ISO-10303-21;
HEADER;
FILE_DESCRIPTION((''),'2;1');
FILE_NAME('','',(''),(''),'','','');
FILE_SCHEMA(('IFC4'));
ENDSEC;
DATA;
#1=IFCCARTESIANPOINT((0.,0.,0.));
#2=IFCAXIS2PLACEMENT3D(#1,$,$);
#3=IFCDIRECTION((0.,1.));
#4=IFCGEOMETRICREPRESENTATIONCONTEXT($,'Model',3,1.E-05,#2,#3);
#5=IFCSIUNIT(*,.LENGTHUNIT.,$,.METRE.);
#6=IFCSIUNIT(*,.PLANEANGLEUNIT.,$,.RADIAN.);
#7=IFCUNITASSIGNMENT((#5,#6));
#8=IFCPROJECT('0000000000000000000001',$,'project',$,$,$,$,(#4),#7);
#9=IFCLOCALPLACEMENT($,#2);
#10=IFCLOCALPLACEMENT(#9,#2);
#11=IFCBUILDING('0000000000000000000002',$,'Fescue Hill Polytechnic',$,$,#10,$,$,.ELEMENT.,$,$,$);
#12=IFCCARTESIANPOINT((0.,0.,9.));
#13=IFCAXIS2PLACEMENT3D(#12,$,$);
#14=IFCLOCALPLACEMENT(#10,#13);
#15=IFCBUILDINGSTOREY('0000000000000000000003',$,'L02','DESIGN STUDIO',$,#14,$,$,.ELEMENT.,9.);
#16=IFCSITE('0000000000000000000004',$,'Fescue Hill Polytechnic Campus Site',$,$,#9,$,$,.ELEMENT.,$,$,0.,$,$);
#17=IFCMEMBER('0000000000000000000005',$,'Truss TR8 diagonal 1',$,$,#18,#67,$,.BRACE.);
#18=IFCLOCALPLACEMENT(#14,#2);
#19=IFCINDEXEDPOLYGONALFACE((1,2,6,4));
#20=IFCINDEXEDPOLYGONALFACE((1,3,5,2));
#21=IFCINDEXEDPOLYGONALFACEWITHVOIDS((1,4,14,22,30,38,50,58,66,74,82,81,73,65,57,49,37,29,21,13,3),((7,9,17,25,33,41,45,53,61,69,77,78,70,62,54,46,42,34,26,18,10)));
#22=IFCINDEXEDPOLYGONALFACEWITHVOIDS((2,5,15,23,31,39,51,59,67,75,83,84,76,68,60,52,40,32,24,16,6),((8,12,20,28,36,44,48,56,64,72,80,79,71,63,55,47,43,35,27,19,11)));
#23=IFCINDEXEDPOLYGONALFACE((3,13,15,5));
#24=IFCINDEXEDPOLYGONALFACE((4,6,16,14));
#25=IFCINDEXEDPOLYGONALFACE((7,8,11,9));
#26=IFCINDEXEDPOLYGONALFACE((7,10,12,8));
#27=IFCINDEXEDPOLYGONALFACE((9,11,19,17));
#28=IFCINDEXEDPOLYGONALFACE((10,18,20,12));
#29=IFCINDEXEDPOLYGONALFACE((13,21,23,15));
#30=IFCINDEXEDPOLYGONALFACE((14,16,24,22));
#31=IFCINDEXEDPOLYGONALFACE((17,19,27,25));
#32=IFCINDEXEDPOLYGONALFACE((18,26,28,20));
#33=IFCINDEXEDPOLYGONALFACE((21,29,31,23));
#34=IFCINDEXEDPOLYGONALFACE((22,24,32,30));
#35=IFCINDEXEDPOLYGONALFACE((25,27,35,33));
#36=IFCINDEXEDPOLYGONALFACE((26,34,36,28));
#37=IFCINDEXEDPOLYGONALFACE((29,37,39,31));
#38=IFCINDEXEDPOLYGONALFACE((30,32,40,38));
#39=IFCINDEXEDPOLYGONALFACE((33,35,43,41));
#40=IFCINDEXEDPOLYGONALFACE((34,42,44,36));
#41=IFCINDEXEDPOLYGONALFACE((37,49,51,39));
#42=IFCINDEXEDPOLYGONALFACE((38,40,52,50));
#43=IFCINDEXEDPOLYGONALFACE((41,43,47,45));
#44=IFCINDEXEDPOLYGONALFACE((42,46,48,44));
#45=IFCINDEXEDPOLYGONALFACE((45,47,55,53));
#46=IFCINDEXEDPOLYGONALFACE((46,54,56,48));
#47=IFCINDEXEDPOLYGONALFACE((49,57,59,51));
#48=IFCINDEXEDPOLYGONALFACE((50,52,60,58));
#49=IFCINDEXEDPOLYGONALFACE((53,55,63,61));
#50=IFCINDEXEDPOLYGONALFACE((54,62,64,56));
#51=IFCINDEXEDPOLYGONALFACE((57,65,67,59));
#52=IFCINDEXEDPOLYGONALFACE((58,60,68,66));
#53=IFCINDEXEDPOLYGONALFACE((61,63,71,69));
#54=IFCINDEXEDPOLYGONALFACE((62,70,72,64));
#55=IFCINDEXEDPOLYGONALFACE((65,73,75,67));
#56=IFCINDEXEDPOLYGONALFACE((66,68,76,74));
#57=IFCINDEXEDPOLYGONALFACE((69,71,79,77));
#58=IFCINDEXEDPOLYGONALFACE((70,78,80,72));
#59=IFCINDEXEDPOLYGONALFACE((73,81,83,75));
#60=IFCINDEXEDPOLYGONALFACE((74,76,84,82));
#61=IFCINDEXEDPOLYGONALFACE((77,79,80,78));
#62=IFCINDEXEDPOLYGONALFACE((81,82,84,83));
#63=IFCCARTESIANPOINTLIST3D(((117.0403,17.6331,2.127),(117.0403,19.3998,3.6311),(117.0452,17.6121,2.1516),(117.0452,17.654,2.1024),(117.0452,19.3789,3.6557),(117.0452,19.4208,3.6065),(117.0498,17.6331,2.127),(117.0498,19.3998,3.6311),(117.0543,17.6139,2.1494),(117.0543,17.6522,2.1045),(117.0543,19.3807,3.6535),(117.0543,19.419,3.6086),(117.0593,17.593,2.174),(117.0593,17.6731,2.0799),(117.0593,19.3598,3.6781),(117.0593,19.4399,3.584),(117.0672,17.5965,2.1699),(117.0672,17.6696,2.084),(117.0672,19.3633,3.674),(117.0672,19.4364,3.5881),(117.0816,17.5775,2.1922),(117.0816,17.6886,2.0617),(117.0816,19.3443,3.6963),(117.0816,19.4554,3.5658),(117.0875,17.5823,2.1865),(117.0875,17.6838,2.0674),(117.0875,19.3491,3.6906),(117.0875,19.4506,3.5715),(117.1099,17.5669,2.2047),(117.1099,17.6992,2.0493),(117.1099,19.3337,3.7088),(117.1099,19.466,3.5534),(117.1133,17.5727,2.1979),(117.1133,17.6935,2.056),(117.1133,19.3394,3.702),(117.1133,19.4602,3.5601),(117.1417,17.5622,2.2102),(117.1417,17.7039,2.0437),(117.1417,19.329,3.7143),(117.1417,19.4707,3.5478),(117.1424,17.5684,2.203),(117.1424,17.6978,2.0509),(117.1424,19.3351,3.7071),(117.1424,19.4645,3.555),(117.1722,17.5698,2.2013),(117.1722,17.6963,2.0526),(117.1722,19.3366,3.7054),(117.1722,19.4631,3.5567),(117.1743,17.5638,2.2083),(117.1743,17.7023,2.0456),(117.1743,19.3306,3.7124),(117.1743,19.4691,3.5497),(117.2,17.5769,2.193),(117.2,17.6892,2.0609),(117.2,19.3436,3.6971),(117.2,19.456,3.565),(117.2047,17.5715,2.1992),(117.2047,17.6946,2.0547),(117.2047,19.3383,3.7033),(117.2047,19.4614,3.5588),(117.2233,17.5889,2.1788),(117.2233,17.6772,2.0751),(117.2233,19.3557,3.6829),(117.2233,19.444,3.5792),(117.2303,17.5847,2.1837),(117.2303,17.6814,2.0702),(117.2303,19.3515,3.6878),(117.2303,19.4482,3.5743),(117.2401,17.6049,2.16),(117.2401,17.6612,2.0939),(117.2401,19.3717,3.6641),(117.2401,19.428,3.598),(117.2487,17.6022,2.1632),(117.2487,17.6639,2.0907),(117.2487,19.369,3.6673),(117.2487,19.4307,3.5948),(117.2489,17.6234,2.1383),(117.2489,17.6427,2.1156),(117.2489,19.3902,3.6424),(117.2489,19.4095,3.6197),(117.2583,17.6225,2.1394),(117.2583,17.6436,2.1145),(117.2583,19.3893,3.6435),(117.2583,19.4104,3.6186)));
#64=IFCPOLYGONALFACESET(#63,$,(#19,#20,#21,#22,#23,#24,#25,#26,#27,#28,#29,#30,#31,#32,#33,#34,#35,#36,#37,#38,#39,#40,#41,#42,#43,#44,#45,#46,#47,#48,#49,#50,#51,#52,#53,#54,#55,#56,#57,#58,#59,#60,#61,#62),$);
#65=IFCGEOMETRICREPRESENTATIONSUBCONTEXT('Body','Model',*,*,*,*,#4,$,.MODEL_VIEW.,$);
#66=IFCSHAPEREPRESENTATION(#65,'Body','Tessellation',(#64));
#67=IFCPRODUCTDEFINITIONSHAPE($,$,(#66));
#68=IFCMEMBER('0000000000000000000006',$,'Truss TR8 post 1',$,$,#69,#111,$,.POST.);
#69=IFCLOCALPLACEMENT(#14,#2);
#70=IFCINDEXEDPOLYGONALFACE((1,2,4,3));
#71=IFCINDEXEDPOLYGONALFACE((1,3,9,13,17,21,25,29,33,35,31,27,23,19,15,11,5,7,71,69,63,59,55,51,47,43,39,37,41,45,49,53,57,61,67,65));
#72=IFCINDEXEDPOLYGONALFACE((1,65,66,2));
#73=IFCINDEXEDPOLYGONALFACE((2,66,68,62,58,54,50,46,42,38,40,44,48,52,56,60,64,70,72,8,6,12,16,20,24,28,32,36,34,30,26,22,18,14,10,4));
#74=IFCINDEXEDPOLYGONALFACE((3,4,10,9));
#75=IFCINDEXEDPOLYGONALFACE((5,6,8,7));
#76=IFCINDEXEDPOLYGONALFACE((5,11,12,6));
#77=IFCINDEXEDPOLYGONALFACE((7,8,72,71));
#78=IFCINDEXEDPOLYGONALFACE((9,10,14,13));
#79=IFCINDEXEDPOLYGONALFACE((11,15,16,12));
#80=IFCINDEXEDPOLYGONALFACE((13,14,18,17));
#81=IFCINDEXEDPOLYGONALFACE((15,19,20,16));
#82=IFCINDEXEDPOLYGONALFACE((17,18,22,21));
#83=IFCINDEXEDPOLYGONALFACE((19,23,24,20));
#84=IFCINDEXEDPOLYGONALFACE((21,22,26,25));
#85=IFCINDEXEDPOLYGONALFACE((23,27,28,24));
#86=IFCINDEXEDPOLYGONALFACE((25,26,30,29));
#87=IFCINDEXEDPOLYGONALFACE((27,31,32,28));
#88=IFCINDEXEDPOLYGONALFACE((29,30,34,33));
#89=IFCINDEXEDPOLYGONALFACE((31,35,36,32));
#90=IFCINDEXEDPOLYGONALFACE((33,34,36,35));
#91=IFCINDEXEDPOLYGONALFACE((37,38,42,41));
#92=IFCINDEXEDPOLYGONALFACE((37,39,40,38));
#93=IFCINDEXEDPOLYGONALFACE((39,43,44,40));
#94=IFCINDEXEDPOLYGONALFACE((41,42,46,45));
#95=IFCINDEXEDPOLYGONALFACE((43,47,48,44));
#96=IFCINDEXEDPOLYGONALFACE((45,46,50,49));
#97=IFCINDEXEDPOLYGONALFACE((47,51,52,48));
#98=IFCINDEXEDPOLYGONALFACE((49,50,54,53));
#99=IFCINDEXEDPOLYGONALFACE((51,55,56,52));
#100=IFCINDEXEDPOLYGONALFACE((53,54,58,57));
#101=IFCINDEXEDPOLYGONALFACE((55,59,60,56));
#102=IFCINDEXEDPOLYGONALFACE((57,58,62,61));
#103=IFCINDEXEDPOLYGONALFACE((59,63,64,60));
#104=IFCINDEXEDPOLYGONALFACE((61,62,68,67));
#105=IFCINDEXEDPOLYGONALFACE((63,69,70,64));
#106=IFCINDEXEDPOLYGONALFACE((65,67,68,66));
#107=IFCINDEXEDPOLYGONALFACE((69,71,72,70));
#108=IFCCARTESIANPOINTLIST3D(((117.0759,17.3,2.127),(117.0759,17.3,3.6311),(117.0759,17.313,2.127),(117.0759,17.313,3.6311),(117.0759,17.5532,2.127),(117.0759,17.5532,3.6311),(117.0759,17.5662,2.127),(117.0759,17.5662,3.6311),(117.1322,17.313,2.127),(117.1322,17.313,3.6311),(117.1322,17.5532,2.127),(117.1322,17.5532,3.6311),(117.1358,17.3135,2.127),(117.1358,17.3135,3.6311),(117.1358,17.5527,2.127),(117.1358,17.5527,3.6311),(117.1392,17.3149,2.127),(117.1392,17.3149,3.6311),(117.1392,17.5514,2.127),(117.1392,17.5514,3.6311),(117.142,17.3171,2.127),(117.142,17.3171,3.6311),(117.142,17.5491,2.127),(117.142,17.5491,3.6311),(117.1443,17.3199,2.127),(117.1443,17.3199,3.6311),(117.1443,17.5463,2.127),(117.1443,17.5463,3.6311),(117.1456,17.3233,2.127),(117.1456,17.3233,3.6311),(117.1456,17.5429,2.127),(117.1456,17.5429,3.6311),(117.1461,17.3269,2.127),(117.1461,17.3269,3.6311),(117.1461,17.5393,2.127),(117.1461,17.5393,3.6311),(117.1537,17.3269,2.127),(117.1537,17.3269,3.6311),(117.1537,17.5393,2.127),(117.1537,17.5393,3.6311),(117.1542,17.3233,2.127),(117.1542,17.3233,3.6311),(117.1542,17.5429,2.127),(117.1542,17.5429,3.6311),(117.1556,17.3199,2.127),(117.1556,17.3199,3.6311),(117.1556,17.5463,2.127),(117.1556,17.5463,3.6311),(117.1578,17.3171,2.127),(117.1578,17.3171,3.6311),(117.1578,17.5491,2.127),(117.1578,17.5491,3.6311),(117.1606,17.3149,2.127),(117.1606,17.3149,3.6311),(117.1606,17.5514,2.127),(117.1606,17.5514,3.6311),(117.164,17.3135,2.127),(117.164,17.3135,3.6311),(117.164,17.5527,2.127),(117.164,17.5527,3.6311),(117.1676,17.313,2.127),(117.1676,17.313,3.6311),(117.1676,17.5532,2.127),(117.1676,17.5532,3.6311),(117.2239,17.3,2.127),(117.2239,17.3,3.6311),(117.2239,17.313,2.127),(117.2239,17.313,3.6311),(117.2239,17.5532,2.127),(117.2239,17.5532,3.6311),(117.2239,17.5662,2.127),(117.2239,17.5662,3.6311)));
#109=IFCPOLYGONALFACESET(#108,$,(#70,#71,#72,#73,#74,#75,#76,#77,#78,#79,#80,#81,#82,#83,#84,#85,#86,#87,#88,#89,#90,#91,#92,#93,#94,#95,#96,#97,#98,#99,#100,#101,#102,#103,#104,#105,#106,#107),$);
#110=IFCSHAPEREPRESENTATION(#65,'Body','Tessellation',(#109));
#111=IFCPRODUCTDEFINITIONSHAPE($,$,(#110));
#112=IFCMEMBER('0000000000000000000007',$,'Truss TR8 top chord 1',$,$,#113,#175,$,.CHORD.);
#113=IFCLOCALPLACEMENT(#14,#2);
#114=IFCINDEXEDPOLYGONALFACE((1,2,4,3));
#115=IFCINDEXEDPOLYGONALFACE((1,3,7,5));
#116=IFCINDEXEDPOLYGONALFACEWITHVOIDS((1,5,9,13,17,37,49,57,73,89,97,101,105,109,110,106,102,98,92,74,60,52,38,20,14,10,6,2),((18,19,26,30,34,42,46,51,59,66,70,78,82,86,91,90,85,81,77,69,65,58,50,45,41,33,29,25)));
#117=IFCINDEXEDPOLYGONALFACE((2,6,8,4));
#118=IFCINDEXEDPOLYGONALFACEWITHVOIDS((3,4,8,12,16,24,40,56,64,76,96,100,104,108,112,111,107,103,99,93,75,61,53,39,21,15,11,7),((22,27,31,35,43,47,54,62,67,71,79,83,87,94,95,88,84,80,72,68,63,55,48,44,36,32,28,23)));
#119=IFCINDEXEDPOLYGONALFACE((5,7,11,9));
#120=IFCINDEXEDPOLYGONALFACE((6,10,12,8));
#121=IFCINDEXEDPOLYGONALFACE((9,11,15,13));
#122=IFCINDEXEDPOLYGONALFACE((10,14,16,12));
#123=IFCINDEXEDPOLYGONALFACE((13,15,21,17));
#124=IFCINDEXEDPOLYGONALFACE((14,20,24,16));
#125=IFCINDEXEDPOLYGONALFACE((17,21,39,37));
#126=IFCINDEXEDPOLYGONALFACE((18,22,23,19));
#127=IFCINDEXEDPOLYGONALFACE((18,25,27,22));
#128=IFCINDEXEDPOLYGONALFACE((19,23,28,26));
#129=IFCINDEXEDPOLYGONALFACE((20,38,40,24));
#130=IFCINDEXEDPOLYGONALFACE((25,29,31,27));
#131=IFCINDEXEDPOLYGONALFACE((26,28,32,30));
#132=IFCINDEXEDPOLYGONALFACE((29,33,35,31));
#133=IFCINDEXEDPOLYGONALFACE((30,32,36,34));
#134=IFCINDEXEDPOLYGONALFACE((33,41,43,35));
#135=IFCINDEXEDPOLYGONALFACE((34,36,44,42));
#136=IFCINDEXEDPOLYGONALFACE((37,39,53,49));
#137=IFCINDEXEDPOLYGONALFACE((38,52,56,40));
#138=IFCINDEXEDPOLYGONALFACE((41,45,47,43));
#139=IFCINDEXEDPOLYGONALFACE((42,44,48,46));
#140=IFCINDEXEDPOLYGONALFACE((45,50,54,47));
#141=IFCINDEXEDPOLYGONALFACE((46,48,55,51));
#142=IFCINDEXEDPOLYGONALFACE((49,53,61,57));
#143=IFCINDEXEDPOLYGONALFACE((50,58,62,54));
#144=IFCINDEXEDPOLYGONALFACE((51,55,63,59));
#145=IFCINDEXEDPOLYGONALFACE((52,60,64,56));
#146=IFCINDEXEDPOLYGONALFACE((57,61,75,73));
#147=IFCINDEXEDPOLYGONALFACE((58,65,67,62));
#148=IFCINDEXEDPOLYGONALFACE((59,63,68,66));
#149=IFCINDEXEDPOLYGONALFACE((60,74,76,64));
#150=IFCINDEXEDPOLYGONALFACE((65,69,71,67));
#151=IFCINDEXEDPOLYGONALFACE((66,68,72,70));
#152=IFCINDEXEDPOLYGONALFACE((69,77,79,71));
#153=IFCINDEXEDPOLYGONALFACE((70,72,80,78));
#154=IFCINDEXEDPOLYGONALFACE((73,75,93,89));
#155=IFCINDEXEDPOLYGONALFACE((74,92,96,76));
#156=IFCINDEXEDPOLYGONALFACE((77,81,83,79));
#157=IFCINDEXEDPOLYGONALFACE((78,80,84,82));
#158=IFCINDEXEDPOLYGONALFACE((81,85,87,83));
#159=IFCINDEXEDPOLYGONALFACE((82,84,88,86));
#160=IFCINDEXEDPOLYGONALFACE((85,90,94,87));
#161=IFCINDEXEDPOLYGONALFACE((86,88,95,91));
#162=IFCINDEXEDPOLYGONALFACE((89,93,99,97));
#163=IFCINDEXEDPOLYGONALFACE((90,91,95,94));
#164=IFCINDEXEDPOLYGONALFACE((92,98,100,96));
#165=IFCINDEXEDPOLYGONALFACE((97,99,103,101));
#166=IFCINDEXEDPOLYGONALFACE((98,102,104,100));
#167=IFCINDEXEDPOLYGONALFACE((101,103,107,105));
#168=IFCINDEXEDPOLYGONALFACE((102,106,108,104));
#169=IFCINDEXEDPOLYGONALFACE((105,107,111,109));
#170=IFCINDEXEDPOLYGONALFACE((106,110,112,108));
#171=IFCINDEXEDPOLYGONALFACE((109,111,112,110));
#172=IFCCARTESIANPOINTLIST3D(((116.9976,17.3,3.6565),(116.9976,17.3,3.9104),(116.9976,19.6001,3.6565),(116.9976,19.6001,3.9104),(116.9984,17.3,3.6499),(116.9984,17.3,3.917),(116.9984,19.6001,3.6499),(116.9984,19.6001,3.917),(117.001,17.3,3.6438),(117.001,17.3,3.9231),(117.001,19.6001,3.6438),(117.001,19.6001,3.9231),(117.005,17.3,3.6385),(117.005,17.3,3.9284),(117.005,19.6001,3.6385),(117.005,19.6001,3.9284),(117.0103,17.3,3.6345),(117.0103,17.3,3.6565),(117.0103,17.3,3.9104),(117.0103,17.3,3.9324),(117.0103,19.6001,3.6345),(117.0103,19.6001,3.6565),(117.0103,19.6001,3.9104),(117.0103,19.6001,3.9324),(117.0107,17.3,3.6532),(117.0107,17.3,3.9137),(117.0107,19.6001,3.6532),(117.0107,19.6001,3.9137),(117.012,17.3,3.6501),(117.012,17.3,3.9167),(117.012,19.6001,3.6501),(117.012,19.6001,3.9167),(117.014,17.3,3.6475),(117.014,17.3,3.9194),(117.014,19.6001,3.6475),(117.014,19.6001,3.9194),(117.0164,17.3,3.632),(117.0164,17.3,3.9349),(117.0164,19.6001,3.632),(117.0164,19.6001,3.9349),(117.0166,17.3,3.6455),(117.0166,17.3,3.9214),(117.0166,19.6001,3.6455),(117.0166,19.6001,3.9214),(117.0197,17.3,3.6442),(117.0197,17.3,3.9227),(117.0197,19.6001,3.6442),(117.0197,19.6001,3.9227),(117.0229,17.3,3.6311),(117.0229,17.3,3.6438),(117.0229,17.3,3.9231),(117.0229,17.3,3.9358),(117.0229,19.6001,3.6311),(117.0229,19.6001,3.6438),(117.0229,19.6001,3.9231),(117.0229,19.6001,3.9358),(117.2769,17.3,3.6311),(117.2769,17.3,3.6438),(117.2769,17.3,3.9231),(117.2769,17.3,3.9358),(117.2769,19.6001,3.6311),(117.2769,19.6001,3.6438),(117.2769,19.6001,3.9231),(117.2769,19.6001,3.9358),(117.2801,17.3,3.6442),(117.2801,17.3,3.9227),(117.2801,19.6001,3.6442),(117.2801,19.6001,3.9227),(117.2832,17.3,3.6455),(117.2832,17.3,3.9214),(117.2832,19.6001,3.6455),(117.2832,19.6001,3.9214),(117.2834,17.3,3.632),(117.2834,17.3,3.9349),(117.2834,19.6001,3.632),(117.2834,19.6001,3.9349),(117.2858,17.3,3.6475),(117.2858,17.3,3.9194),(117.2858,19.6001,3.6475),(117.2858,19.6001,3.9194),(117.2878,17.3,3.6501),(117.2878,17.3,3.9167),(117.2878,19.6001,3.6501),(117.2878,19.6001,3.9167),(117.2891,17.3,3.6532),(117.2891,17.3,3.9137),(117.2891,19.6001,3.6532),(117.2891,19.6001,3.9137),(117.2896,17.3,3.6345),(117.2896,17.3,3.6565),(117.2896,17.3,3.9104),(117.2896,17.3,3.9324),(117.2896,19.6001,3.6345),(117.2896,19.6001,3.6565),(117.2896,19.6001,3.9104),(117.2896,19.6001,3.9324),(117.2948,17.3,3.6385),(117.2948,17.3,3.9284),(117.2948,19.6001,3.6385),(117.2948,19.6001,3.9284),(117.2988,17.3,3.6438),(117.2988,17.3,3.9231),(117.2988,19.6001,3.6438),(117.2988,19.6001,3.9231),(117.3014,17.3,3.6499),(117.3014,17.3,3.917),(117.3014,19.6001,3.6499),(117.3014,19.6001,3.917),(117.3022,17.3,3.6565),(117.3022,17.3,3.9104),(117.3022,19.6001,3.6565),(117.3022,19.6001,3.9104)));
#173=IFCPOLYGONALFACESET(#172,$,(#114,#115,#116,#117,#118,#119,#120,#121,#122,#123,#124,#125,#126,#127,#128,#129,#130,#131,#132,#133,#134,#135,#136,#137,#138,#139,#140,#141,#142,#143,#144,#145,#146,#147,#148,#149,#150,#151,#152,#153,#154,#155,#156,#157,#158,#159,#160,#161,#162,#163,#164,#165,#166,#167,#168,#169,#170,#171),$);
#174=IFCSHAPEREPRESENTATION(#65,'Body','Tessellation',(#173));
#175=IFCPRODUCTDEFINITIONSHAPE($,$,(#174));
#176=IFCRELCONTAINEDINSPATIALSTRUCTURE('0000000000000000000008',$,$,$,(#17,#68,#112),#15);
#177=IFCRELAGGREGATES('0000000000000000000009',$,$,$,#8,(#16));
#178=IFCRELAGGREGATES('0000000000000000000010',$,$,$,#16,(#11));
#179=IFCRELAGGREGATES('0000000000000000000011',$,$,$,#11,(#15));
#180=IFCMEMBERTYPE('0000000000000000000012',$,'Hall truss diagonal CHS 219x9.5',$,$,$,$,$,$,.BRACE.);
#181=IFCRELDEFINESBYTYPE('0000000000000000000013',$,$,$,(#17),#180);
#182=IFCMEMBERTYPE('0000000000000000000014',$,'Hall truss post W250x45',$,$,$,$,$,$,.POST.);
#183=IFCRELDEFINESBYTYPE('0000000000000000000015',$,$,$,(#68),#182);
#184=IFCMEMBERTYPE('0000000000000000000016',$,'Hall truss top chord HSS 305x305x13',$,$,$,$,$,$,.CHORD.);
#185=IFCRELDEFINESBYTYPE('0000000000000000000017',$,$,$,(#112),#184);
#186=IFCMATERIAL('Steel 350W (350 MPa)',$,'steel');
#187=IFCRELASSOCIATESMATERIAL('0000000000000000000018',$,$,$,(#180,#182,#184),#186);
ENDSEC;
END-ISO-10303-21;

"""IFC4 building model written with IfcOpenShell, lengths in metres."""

from ifc_helpers import new_model, si_unit, direction, frame, origin, origin_2d, place, context, subcontext, project, spatial, hollow_rectangle, hollow_circle, i_section, extrude, material, material_profile, profile_set, type_object, element, save


model = new_model("IFC4")

# Units and contexts
model_context = context("Model", 3, precision=1e-05, world=origin(), true_north=direction((0.0, 1.0)))
body_context = subcontext(model_context, "Body", "Model", "MODEL_VIEW")
ifc_project = project(units=[si_unit("LENGTHUNIT", "METRE"), si_unit("PLANEANGLEUNIT", "RADIAN")], contexts=[model_context])

# Site, building, storey
site_placement = place(None, origin())
site = spatial("IfcSite", under=ifc_project, at=site_placement, Name="Fescue Hill Polytechnic Campus Site", CompositionType="ELEMENT", RefElevation=0.0)
building_placement = place(site_placement, origin())
building = spatial("IfcBuilding", under=site, at=building_placement, Name="Fescue Hill Polytechnic", CompositionType="ELEMENT")
storey_placement = place(building_placement, frame((0.0, 0.0, 9.0)))
storey = spatial("IfcBuildingStorey", under=building, at=storey_placement, Name="L02", Description="DESIGN STUDIO", CompositionType="ELEMENT", Elevation=9.0)

# Members
ifc_material_1 = material(Name="Steel 350W (350 MPa)", Category="steel")
ifc_material_profile_1 = material_profile(ifc_material_1, hollow_circle(Radius=0.1096, WallThickness=0.0095, at=origin_2d()), Name="Hall truss diagonal CHS 219x9.5")
ifc_profile_set_1 = profile_set([ifc_material_profile_1], Name="Steel 350W (350 MPa)")
member_type_1 = type_object("IfcMemberType", Name="Hall truss diagonal CHS 219x9.5", PredefinedType="BRACE", material=ifc_profile_set_1)
member_1_placement = place(storey_placement, frame((117.1499, 17.6331, 2.127), z_axis=(0.0, 0.761443, 0.648232), x_axis=(-1.0, 0.0, 0.0)))
element("IfcMember", 1, at=member_1_placement, inside=storey, type_object=member_type_1, Name="Truss TR8 diagonal 1", PredefinedType="BRACE", context=body_context, shape_type="SweptSolid", body=[
    extrude(hollow_circle(Radius=0.1096, WallThickness=0.0095, at=origin_2d()), origin(), (0.0, 0.0, 1.0), 2.3203),
])
ifc_material_profile_2 = material_profile(ifc_material_1, i_section(OverallWidth=0.1479, OverallDepth=0.2661, WebThickness=0.0076, FlangeThickness=0.0129, FilletRadius=0.0139, at=origin_2d()), Name="W250x45")
ifc_profile_set_2 = profile_set([ifc_material_profile_2], Name="Steel 350W (350 MPa)")
member_type_2 = type_object("IfcMemberType", Name="Hall truss post W250x45", PredefinedType="POST", material=ifc_profile_set_2)
member_2_placement = place(storey_placement, frame((117.1499, 17.4331, 2.127), z_axis=(0.0, 0.0, 1.0), x_axis=(1.0, 0.0, 0.0)))
element("IfcMember", 2, at=member_2_placement, inside=storey, type_object=member_type_2, Name="Truss TR8 post 1", PredefinedType="POST", context=body_context, shape_type="SweptSolid", body=[
    extrude(i_section(OverallWidth=0.1479, OverallDepth=0.2661, WebThickness=0.0076, FlangeThickness=0.0129, FilletRadius=0.0139, at=origin_2d()), origin(), (0.0, 0.0, 1.0), 1.5042),
])
ifc_material_profile_3 = material_profile(ifc_material_1, hollow_rectangle(XDim=0.3047, YDim=0.3047, WallThickness=0.0127, InnerFilletRadius=0.0127, OuterFilletRadius=0.0254, at=origin_2d()), Name="Hall truss top chord HSS 305x305x13")
ifc_profile_set_3 = profile_set([ifc_material_profile_3], Name="Steel 350W (350 MPa)")
member_type_3 = type_object("IfcMemberType", Name="Hall truss top chord HSS 305x305x13", PredefinedType="CHORD", material=ifc_profile_set_3)
member_3_placement = place(storey_placement, frame((117.1499, 17.3, 3.7834), z_axis=(0.0, 1.0, 0.0), x_axis=(-1.0, 0.0, 0.0)))
element("IfcMember", 3, at=member_3_placement, inside=storey, type_object=member_type_3, Name="Truss TR8 top chord 1", PredefinedType="CHORD", context=body_context, shape_type="SweptSolid", body=[
    extrude(hollow_rectangle(XDim=0.3047, YDim=0.3047, WallThickness=0.0127, InnerFilletRadius=0.0127, OuterFilletRadius=0.0254, at=origin_2d()), origin(), (0.0, 0.0, 1.0), 2.3),
])

save(model, "model.ifc")
